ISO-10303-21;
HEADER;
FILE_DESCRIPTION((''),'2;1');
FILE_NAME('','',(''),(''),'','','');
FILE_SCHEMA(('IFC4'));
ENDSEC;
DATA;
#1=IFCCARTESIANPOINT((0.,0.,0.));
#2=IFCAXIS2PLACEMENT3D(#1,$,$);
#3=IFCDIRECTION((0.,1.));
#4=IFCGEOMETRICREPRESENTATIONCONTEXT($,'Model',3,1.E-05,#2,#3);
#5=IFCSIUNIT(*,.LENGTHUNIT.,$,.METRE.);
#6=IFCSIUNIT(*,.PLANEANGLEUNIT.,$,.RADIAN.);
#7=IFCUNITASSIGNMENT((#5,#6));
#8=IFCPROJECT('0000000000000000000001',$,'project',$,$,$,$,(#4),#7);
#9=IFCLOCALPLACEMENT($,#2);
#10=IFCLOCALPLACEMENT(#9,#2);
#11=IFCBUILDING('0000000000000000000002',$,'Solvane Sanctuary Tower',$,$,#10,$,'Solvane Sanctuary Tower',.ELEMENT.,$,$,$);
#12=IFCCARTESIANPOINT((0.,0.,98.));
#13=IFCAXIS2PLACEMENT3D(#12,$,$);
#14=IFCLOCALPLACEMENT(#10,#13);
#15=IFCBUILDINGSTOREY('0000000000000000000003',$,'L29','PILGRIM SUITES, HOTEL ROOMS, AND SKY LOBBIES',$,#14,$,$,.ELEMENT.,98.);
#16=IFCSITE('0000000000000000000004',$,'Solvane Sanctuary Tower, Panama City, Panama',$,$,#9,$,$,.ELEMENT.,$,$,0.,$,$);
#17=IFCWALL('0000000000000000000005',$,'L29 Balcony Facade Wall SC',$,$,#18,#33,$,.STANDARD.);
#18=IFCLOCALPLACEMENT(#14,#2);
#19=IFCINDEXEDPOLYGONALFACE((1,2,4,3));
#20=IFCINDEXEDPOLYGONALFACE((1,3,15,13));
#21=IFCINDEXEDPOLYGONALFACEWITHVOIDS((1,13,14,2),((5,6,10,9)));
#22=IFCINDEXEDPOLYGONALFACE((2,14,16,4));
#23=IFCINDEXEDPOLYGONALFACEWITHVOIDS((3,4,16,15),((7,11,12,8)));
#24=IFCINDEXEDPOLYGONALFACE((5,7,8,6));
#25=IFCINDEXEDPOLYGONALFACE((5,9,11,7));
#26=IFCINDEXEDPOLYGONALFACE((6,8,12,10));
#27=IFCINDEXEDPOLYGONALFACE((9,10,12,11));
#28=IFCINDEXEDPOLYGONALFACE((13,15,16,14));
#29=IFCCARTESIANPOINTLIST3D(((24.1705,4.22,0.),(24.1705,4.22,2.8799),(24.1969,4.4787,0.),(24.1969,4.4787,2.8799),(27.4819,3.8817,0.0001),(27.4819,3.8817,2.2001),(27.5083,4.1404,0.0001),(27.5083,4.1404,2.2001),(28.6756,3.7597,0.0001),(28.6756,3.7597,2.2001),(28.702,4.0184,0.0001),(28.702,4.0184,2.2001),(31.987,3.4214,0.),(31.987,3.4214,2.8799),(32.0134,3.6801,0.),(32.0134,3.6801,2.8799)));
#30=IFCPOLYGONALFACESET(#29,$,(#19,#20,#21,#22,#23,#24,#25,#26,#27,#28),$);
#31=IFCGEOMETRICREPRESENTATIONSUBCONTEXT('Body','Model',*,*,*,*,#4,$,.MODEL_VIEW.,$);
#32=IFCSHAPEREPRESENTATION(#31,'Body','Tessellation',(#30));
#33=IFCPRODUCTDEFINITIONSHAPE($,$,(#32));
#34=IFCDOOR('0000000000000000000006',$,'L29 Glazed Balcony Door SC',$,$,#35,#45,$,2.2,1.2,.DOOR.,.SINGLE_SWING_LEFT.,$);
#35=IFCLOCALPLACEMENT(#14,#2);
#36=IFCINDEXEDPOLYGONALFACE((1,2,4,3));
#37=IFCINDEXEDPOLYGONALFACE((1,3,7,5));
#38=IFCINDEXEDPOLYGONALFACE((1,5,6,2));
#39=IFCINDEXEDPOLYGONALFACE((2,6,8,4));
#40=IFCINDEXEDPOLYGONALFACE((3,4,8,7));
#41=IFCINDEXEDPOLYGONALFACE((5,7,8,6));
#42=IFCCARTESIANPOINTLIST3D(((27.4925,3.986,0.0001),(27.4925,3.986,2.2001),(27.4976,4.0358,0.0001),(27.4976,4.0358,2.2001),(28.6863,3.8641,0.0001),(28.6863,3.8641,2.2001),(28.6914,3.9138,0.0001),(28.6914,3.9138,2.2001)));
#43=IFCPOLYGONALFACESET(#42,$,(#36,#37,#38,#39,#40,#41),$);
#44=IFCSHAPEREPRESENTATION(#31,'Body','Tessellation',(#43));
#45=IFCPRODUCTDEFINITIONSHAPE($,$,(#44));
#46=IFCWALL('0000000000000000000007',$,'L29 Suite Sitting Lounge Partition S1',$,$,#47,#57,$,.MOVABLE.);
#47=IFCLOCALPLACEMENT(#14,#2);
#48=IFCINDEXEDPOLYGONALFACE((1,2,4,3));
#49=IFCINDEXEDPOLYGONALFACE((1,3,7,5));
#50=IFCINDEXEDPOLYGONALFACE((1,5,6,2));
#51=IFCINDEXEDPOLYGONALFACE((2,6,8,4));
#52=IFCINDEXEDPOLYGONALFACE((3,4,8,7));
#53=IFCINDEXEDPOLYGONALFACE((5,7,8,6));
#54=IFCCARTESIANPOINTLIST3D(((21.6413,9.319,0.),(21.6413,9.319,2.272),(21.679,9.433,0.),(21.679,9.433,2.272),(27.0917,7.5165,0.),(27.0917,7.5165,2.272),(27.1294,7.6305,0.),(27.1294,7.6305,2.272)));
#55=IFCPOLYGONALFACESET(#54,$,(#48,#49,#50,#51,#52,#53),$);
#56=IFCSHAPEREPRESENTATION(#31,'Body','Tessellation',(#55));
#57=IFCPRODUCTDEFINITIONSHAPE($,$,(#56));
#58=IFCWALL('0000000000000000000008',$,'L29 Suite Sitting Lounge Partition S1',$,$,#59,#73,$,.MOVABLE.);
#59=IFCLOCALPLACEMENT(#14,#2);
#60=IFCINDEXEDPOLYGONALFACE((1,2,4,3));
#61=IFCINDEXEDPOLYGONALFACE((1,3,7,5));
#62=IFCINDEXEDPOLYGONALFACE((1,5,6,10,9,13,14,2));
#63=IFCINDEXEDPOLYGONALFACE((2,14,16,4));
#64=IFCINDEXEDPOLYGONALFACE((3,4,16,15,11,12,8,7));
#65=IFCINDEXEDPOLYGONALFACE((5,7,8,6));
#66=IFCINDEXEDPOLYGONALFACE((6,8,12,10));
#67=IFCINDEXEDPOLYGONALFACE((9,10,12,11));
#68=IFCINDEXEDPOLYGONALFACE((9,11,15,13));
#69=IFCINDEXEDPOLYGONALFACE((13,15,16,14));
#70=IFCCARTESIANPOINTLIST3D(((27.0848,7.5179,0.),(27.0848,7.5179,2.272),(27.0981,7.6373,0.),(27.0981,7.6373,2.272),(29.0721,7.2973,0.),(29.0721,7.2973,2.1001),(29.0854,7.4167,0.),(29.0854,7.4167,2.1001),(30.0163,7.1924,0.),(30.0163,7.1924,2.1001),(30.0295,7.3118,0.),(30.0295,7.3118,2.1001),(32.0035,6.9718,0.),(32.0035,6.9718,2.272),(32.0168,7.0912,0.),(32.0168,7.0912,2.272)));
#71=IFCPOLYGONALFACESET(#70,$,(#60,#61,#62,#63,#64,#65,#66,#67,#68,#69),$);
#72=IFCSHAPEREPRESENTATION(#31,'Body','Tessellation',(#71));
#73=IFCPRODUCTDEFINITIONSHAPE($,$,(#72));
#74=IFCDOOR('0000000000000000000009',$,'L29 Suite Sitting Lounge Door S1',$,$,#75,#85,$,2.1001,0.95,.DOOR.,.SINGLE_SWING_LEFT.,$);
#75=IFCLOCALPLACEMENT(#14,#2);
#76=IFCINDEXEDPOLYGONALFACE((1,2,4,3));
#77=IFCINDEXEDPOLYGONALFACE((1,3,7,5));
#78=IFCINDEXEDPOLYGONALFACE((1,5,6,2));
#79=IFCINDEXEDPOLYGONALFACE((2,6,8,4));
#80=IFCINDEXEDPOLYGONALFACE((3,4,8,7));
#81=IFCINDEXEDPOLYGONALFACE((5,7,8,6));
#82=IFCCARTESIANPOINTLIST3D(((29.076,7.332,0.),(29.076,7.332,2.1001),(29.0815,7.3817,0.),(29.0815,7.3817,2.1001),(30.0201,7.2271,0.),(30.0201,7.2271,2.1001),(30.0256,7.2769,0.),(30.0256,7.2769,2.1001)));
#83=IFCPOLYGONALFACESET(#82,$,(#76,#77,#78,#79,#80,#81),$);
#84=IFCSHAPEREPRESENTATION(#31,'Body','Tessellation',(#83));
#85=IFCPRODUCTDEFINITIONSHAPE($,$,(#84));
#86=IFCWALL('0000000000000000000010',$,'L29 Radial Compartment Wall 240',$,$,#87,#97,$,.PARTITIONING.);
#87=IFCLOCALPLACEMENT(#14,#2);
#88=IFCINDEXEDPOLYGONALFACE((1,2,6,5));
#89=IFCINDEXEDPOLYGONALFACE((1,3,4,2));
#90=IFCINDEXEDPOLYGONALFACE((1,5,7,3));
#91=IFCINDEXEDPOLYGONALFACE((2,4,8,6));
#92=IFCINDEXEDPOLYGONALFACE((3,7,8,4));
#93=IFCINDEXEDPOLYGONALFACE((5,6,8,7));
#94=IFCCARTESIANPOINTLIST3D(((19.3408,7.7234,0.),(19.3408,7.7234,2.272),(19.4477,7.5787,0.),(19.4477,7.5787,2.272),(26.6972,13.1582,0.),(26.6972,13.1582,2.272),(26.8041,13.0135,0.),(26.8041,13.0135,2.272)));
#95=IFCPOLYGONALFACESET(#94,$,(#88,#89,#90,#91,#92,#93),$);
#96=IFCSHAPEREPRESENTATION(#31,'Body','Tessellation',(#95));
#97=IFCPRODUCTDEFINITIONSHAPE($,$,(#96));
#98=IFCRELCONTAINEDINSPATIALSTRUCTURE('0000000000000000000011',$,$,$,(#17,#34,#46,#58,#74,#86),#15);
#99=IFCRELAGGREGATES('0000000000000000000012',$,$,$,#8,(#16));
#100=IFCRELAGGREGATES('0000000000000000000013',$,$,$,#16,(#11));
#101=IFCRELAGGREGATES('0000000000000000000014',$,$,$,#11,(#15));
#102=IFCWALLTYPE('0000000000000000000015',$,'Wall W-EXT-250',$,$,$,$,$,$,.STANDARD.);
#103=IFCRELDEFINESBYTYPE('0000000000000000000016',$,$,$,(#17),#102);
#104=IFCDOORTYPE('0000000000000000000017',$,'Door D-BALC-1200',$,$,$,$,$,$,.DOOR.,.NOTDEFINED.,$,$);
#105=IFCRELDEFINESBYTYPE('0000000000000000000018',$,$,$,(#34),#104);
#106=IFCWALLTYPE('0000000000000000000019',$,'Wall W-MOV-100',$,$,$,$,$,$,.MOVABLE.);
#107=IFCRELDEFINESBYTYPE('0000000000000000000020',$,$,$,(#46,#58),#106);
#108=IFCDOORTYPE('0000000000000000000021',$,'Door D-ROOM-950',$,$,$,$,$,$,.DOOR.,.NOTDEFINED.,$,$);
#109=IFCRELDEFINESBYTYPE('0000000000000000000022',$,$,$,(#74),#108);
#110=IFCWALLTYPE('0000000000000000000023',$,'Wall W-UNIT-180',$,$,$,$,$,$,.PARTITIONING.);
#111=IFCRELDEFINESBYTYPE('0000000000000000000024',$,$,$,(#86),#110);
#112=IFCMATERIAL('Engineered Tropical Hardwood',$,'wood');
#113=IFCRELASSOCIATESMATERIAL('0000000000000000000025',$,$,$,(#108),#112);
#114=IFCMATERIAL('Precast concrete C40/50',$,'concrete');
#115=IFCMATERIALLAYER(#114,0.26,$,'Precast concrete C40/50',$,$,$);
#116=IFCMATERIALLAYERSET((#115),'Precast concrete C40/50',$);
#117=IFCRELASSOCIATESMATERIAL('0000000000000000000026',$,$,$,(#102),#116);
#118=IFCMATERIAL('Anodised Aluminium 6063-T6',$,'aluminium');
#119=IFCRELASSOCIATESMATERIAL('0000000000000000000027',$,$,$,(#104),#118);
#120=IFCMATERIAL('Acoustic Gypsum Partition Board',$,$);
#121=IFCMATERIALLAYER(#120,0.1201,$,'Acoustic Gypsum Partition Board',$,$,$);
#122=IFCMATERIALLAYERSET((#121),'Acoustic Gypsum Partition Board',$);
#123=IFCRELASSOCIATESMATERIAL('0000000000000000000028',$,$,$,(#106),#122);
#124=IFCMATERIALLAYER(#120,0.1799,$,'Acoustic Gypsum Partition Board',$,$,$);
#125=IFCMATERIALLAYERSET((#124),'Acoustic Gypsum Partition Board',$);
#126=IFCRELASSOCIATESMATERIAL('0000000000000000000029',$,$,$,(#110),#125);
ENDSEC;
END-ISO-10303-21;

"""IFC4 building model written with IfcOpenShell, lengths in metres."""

from ifc_helpers import new_model, si_unit, direction, frame, frame_2d, origin, place, context, subcontext, project, spatial, rectangle, extrude, material, layer, layer_set, type_object, element, fill, save


model = new_model("IFC4")

# Units and contexts
model_context = context("Model", 3, precision=1e-05, world=origin(), true_north=direction((0.0, 1.0)))
body_context = subcontext(model_context, "Body", "Model", "MODEL_VIEW")
ifc_project = project(units=[si_unit("LENGTHUNIT", "METRE"), si_unit("PLANEANGLEUNIT", "RADIAN")], contexts=[model_context])

# Site, building, storey
site_placement = place(None, origin())
site = spatial("IfcSite", under=ifc_project, at=site_placement, Name="Solvane Sanctuary Tower, Panama City, Panama", CompositionType="ELEMENT", RefElevation=0.0)
building_placement = place(site_placement, origin())
building = spatial("IfcBuilding", under=site, at=building_placement, Name="Solvane Sanctuary Tower", LongName="Solvane Sanctuary Tower", CompositionType="ELEMENT")
storey_placement = place(building_placement, frame((0.0, 0.0, 98.0)))
storey = spatial("IfcBuildingStorey", under=building, at=storey_placement, Name="L29", Description="PILGRIM SUITES, HOTEL ROOMS, AND SKY LOBBIES", CompositionType="ELEMENT", Elevation=98.0)

# Shared definitions
ifc_material_1 = material(Name="Acoustic Gypsum Partition Board")

# Wall, opening, door
ifc_material_2 = material(Name="Engineered Tropical Hardwood", Category="wood")
door_type_1 = type_object("IfcDoorType", Name="Door D-ROOM-950", OperationType="NOTDEFINED", PredefinedType="DOOR", material=ifc_material_2)
ifc_material_3 = material(Name="Precast concrete C40/50", Category="concrete")
ifc_layer_1 = layer(ifc_material_3, 0.26, Name="Precast concrete C40/50")
ifc_layer_set_1 = layer_set([ifc_layer_1], Name="Precast concrete C40/50")
wall_type_1 = type_object("IfcWallType", Name="Wall W-EXT-250", PredefinedType="STANDARD", material=ifc_layer_set_1)
wall_1_placement = place(storey_placement, frame((24.1836, 4.3494, 0.0), z_axis=(0.0, 0.0, 1.0), x_axis=(0.994821, -0.101639, 0.0)))
wall_1 = element("IfcWall", 1, at=wall_1_placement, inside=storey, type_object=wall_type_1, Name="L29 Balcony Facade Wall SC", PredefinedType="STANDARD", context=body_context, shape_type="SweptSolid", body=[
    extrude(rectangle(XDim=7.8572, YDim=0.26, at=frame_2d((3.9287, 0.0))), origin(), (0.0, 0.0, 1.0), 2.8799),
])
opening_1_placement = place(wall_1_placement, frame((3.3286, 0.0, 0.0)))
opening_1 = element("IfcOpeningElement", 2, at=opening_1_placement, cuts=wall_1, PredefinedType="OPENING", context=body_context, shape_type="SweptSolid", body=[
    extrude(rectangle(XDim=1.2, YDim=2.2, at=frame_2d((0.6001, 1.1001))), frame((0.0, 0.1399, 0.0), z_axis=(0.0, -1.0, 0.0), x_axis=(1.0, 0.0, 0.0)), (0.0, 0.0, 1.0), 0.28),
])
ifc_material_4 = material(Name="Anodised Aluminium 6063-T6", Category="aluminium")
door_type_2 = type_object("IfcDoorType", Name="Door D-BALC-1200", OperationType="NOTDEFINED", PredefinedType="DOOR", material=ifc_material_4)
door_1_placement = place(opening_1_placement, origin())
door_1 = element("IfcDoor", 3, at=door_1_placement, inside=storey, type_object=door_type_2, Name="L29 Glazed Balcony Door SC", OperationType="SINGLE_SWING_LEFT", OverallHeight=2.2, OverallWidth=1.2, PredefinedType="DOOR", context=body_context, shape_type="SweptSolid", body=[
    extrude(rectangle(XDim=1.2, YDim=2.2, at=frame_2d((0.6001, 1.1001))), frame((0.0, 0.0249, 0.0), z_axis=(0.0, -1.0, 0.0), x_axis=(1.0, 0.0, 0.0)), (0.0, 0.0, 1.0), 0.05),
])
fill(opening_1, door_1)

# Wall
ifc_layer_2 = layer(ifc_material_1, 0.1201, Name="Acoustic Gypsum Partition Board")
ifc_layer_set_2 = layer_set([ifc_layer_2], Name="Acoustic Gypsum Partition Board")
wall_type_2 = type_object("IfcWallType", Name="Wall W-MOV-100", PredefinedType="MOVABLE", material=ifc_layer_set_2)
wall_2_placement = place(storey_placement, frame((21.6602, 9.376, 0.0), z_axis=(0.0, 0.0, 1.0), x_axis=(0.949429, -0.313981, 0.0)))
element("IfcWall", 4, at=wall_2_placement, inside=storey, type_object=wall_type_2, Name="L29 Suite Sitting Lounge Partition S1", PredefinedType="MOVABLE", context=body_context, shape_type="SweptSolid", body=[
    extrude(rectangle(XDim=5.7407, YDim=0.1201, at=frame_2d((2.8704, 0.0))), origin(), (0.0, 0.0, 1.0), 2.272),
])

# Wall, opening, door
wall_3_placement = place(storey_placement, frame((27.0913, 7.5776, 0.0), z_axis=(0.0, 0.0, 1.0), x_axis=(0.993892, -0.110356, 0.0)))
wall_3 = element("IfcWall", 5, at=wall_3_placement, inside=storey, type_object=wall_type_2, Name="L29 Suite Sitting Lounge Partition S1", PredefinedType="MOVABLE", context=body_context, shape_type="SweptSolid", body=[
    extrude(rectangle(XDim=4.949, YDim=0.1201, at=frame_2d((2.4746, 0.0))), origin(), (0.0, 0.0, 1.0), 2.272),
])
opening_2_placement = place(wall_3_placement, frame((1.9995, 0.0, 0.0)))
opening_2 = element("IfcOpeningElement", 6, at=opening_2_placement, cuts=wall_3, PredefinedType="OPENING", context=body_context, shape_type="SweptSolid", body=[
    extrude(rectangle(XDim=0.95, YDim=2.1001, at=frame_2d((0.4751, 1.05))), frame((0.0, 0.0701, 0.0), z_axis=(0.0, -1.0, 0.0), x_axis=(1.0, 0.0, 0.0)), (0.0, 0.0, 1.0), 0.1401),
])
door_2_placement = place(opening_2_placement, origin())
door_2 = element("IfcDoor", 7, at=door_2_placement, inside=storey, type_object=door_type_1, Name="L29 Suite Sitting Lounge Door S1", OperationType="SINGLE_SWING_LEFT", OverallHeight=2.1001, OverallWidth=0.95, PredefinedType="DOOR", context=body_context, shape_type="SweptSolid", body=[
    extrude(rectangle(XDim=0.95, YDim=2.1001, at=frame_2d((0.4751, 1.05))), frame((0.0, 0.0249, 0.0), z_axis=(0.0, -1.0, 0.0), x_axis=(1.0, 0.0, 0.0)), (0.0, 0.0, 1.0), 0.05),
])
fill(opening_2, door_2)

# Wall
ifc_layer_3 = layer(ifc_material_1, 0.1799, Name="Acoustic Gypsum Partition Board")
ifc_layer_set_3 = layer_set([ifc_layer_3], Name="Acoustic Gypsum Partition Board")
wall_type_3 = type_object("IfcWallType", Name="Wall W-UNIT-180", PredefinedType="PARTITIONING", material=ifc_layer_set_3)
wall_4_placement = place(storey_placement, frame((26.7507, 13.0859, 0.0), z_axis=(0.0, 0.0, 1.0), x_axis=(-0.80431, -0.59421, 0.0)))
element("IfcWall", 8, at=wall_4_placement, inside=storey, type_object=wall_type_3, Name="L29 Radial Compartment Wall 240", PredefinedType="PARTITIONING", context=body_context, shape_type="SweptSolid", body=[
    extrude(rectangle(XDim=9.1462, YDim=0.1799, at=frame_2d((4.5732, 0.0))), origin(), (0.0, 0.0, 1.0), 2.272),
])

save(model, "model.ifc")
